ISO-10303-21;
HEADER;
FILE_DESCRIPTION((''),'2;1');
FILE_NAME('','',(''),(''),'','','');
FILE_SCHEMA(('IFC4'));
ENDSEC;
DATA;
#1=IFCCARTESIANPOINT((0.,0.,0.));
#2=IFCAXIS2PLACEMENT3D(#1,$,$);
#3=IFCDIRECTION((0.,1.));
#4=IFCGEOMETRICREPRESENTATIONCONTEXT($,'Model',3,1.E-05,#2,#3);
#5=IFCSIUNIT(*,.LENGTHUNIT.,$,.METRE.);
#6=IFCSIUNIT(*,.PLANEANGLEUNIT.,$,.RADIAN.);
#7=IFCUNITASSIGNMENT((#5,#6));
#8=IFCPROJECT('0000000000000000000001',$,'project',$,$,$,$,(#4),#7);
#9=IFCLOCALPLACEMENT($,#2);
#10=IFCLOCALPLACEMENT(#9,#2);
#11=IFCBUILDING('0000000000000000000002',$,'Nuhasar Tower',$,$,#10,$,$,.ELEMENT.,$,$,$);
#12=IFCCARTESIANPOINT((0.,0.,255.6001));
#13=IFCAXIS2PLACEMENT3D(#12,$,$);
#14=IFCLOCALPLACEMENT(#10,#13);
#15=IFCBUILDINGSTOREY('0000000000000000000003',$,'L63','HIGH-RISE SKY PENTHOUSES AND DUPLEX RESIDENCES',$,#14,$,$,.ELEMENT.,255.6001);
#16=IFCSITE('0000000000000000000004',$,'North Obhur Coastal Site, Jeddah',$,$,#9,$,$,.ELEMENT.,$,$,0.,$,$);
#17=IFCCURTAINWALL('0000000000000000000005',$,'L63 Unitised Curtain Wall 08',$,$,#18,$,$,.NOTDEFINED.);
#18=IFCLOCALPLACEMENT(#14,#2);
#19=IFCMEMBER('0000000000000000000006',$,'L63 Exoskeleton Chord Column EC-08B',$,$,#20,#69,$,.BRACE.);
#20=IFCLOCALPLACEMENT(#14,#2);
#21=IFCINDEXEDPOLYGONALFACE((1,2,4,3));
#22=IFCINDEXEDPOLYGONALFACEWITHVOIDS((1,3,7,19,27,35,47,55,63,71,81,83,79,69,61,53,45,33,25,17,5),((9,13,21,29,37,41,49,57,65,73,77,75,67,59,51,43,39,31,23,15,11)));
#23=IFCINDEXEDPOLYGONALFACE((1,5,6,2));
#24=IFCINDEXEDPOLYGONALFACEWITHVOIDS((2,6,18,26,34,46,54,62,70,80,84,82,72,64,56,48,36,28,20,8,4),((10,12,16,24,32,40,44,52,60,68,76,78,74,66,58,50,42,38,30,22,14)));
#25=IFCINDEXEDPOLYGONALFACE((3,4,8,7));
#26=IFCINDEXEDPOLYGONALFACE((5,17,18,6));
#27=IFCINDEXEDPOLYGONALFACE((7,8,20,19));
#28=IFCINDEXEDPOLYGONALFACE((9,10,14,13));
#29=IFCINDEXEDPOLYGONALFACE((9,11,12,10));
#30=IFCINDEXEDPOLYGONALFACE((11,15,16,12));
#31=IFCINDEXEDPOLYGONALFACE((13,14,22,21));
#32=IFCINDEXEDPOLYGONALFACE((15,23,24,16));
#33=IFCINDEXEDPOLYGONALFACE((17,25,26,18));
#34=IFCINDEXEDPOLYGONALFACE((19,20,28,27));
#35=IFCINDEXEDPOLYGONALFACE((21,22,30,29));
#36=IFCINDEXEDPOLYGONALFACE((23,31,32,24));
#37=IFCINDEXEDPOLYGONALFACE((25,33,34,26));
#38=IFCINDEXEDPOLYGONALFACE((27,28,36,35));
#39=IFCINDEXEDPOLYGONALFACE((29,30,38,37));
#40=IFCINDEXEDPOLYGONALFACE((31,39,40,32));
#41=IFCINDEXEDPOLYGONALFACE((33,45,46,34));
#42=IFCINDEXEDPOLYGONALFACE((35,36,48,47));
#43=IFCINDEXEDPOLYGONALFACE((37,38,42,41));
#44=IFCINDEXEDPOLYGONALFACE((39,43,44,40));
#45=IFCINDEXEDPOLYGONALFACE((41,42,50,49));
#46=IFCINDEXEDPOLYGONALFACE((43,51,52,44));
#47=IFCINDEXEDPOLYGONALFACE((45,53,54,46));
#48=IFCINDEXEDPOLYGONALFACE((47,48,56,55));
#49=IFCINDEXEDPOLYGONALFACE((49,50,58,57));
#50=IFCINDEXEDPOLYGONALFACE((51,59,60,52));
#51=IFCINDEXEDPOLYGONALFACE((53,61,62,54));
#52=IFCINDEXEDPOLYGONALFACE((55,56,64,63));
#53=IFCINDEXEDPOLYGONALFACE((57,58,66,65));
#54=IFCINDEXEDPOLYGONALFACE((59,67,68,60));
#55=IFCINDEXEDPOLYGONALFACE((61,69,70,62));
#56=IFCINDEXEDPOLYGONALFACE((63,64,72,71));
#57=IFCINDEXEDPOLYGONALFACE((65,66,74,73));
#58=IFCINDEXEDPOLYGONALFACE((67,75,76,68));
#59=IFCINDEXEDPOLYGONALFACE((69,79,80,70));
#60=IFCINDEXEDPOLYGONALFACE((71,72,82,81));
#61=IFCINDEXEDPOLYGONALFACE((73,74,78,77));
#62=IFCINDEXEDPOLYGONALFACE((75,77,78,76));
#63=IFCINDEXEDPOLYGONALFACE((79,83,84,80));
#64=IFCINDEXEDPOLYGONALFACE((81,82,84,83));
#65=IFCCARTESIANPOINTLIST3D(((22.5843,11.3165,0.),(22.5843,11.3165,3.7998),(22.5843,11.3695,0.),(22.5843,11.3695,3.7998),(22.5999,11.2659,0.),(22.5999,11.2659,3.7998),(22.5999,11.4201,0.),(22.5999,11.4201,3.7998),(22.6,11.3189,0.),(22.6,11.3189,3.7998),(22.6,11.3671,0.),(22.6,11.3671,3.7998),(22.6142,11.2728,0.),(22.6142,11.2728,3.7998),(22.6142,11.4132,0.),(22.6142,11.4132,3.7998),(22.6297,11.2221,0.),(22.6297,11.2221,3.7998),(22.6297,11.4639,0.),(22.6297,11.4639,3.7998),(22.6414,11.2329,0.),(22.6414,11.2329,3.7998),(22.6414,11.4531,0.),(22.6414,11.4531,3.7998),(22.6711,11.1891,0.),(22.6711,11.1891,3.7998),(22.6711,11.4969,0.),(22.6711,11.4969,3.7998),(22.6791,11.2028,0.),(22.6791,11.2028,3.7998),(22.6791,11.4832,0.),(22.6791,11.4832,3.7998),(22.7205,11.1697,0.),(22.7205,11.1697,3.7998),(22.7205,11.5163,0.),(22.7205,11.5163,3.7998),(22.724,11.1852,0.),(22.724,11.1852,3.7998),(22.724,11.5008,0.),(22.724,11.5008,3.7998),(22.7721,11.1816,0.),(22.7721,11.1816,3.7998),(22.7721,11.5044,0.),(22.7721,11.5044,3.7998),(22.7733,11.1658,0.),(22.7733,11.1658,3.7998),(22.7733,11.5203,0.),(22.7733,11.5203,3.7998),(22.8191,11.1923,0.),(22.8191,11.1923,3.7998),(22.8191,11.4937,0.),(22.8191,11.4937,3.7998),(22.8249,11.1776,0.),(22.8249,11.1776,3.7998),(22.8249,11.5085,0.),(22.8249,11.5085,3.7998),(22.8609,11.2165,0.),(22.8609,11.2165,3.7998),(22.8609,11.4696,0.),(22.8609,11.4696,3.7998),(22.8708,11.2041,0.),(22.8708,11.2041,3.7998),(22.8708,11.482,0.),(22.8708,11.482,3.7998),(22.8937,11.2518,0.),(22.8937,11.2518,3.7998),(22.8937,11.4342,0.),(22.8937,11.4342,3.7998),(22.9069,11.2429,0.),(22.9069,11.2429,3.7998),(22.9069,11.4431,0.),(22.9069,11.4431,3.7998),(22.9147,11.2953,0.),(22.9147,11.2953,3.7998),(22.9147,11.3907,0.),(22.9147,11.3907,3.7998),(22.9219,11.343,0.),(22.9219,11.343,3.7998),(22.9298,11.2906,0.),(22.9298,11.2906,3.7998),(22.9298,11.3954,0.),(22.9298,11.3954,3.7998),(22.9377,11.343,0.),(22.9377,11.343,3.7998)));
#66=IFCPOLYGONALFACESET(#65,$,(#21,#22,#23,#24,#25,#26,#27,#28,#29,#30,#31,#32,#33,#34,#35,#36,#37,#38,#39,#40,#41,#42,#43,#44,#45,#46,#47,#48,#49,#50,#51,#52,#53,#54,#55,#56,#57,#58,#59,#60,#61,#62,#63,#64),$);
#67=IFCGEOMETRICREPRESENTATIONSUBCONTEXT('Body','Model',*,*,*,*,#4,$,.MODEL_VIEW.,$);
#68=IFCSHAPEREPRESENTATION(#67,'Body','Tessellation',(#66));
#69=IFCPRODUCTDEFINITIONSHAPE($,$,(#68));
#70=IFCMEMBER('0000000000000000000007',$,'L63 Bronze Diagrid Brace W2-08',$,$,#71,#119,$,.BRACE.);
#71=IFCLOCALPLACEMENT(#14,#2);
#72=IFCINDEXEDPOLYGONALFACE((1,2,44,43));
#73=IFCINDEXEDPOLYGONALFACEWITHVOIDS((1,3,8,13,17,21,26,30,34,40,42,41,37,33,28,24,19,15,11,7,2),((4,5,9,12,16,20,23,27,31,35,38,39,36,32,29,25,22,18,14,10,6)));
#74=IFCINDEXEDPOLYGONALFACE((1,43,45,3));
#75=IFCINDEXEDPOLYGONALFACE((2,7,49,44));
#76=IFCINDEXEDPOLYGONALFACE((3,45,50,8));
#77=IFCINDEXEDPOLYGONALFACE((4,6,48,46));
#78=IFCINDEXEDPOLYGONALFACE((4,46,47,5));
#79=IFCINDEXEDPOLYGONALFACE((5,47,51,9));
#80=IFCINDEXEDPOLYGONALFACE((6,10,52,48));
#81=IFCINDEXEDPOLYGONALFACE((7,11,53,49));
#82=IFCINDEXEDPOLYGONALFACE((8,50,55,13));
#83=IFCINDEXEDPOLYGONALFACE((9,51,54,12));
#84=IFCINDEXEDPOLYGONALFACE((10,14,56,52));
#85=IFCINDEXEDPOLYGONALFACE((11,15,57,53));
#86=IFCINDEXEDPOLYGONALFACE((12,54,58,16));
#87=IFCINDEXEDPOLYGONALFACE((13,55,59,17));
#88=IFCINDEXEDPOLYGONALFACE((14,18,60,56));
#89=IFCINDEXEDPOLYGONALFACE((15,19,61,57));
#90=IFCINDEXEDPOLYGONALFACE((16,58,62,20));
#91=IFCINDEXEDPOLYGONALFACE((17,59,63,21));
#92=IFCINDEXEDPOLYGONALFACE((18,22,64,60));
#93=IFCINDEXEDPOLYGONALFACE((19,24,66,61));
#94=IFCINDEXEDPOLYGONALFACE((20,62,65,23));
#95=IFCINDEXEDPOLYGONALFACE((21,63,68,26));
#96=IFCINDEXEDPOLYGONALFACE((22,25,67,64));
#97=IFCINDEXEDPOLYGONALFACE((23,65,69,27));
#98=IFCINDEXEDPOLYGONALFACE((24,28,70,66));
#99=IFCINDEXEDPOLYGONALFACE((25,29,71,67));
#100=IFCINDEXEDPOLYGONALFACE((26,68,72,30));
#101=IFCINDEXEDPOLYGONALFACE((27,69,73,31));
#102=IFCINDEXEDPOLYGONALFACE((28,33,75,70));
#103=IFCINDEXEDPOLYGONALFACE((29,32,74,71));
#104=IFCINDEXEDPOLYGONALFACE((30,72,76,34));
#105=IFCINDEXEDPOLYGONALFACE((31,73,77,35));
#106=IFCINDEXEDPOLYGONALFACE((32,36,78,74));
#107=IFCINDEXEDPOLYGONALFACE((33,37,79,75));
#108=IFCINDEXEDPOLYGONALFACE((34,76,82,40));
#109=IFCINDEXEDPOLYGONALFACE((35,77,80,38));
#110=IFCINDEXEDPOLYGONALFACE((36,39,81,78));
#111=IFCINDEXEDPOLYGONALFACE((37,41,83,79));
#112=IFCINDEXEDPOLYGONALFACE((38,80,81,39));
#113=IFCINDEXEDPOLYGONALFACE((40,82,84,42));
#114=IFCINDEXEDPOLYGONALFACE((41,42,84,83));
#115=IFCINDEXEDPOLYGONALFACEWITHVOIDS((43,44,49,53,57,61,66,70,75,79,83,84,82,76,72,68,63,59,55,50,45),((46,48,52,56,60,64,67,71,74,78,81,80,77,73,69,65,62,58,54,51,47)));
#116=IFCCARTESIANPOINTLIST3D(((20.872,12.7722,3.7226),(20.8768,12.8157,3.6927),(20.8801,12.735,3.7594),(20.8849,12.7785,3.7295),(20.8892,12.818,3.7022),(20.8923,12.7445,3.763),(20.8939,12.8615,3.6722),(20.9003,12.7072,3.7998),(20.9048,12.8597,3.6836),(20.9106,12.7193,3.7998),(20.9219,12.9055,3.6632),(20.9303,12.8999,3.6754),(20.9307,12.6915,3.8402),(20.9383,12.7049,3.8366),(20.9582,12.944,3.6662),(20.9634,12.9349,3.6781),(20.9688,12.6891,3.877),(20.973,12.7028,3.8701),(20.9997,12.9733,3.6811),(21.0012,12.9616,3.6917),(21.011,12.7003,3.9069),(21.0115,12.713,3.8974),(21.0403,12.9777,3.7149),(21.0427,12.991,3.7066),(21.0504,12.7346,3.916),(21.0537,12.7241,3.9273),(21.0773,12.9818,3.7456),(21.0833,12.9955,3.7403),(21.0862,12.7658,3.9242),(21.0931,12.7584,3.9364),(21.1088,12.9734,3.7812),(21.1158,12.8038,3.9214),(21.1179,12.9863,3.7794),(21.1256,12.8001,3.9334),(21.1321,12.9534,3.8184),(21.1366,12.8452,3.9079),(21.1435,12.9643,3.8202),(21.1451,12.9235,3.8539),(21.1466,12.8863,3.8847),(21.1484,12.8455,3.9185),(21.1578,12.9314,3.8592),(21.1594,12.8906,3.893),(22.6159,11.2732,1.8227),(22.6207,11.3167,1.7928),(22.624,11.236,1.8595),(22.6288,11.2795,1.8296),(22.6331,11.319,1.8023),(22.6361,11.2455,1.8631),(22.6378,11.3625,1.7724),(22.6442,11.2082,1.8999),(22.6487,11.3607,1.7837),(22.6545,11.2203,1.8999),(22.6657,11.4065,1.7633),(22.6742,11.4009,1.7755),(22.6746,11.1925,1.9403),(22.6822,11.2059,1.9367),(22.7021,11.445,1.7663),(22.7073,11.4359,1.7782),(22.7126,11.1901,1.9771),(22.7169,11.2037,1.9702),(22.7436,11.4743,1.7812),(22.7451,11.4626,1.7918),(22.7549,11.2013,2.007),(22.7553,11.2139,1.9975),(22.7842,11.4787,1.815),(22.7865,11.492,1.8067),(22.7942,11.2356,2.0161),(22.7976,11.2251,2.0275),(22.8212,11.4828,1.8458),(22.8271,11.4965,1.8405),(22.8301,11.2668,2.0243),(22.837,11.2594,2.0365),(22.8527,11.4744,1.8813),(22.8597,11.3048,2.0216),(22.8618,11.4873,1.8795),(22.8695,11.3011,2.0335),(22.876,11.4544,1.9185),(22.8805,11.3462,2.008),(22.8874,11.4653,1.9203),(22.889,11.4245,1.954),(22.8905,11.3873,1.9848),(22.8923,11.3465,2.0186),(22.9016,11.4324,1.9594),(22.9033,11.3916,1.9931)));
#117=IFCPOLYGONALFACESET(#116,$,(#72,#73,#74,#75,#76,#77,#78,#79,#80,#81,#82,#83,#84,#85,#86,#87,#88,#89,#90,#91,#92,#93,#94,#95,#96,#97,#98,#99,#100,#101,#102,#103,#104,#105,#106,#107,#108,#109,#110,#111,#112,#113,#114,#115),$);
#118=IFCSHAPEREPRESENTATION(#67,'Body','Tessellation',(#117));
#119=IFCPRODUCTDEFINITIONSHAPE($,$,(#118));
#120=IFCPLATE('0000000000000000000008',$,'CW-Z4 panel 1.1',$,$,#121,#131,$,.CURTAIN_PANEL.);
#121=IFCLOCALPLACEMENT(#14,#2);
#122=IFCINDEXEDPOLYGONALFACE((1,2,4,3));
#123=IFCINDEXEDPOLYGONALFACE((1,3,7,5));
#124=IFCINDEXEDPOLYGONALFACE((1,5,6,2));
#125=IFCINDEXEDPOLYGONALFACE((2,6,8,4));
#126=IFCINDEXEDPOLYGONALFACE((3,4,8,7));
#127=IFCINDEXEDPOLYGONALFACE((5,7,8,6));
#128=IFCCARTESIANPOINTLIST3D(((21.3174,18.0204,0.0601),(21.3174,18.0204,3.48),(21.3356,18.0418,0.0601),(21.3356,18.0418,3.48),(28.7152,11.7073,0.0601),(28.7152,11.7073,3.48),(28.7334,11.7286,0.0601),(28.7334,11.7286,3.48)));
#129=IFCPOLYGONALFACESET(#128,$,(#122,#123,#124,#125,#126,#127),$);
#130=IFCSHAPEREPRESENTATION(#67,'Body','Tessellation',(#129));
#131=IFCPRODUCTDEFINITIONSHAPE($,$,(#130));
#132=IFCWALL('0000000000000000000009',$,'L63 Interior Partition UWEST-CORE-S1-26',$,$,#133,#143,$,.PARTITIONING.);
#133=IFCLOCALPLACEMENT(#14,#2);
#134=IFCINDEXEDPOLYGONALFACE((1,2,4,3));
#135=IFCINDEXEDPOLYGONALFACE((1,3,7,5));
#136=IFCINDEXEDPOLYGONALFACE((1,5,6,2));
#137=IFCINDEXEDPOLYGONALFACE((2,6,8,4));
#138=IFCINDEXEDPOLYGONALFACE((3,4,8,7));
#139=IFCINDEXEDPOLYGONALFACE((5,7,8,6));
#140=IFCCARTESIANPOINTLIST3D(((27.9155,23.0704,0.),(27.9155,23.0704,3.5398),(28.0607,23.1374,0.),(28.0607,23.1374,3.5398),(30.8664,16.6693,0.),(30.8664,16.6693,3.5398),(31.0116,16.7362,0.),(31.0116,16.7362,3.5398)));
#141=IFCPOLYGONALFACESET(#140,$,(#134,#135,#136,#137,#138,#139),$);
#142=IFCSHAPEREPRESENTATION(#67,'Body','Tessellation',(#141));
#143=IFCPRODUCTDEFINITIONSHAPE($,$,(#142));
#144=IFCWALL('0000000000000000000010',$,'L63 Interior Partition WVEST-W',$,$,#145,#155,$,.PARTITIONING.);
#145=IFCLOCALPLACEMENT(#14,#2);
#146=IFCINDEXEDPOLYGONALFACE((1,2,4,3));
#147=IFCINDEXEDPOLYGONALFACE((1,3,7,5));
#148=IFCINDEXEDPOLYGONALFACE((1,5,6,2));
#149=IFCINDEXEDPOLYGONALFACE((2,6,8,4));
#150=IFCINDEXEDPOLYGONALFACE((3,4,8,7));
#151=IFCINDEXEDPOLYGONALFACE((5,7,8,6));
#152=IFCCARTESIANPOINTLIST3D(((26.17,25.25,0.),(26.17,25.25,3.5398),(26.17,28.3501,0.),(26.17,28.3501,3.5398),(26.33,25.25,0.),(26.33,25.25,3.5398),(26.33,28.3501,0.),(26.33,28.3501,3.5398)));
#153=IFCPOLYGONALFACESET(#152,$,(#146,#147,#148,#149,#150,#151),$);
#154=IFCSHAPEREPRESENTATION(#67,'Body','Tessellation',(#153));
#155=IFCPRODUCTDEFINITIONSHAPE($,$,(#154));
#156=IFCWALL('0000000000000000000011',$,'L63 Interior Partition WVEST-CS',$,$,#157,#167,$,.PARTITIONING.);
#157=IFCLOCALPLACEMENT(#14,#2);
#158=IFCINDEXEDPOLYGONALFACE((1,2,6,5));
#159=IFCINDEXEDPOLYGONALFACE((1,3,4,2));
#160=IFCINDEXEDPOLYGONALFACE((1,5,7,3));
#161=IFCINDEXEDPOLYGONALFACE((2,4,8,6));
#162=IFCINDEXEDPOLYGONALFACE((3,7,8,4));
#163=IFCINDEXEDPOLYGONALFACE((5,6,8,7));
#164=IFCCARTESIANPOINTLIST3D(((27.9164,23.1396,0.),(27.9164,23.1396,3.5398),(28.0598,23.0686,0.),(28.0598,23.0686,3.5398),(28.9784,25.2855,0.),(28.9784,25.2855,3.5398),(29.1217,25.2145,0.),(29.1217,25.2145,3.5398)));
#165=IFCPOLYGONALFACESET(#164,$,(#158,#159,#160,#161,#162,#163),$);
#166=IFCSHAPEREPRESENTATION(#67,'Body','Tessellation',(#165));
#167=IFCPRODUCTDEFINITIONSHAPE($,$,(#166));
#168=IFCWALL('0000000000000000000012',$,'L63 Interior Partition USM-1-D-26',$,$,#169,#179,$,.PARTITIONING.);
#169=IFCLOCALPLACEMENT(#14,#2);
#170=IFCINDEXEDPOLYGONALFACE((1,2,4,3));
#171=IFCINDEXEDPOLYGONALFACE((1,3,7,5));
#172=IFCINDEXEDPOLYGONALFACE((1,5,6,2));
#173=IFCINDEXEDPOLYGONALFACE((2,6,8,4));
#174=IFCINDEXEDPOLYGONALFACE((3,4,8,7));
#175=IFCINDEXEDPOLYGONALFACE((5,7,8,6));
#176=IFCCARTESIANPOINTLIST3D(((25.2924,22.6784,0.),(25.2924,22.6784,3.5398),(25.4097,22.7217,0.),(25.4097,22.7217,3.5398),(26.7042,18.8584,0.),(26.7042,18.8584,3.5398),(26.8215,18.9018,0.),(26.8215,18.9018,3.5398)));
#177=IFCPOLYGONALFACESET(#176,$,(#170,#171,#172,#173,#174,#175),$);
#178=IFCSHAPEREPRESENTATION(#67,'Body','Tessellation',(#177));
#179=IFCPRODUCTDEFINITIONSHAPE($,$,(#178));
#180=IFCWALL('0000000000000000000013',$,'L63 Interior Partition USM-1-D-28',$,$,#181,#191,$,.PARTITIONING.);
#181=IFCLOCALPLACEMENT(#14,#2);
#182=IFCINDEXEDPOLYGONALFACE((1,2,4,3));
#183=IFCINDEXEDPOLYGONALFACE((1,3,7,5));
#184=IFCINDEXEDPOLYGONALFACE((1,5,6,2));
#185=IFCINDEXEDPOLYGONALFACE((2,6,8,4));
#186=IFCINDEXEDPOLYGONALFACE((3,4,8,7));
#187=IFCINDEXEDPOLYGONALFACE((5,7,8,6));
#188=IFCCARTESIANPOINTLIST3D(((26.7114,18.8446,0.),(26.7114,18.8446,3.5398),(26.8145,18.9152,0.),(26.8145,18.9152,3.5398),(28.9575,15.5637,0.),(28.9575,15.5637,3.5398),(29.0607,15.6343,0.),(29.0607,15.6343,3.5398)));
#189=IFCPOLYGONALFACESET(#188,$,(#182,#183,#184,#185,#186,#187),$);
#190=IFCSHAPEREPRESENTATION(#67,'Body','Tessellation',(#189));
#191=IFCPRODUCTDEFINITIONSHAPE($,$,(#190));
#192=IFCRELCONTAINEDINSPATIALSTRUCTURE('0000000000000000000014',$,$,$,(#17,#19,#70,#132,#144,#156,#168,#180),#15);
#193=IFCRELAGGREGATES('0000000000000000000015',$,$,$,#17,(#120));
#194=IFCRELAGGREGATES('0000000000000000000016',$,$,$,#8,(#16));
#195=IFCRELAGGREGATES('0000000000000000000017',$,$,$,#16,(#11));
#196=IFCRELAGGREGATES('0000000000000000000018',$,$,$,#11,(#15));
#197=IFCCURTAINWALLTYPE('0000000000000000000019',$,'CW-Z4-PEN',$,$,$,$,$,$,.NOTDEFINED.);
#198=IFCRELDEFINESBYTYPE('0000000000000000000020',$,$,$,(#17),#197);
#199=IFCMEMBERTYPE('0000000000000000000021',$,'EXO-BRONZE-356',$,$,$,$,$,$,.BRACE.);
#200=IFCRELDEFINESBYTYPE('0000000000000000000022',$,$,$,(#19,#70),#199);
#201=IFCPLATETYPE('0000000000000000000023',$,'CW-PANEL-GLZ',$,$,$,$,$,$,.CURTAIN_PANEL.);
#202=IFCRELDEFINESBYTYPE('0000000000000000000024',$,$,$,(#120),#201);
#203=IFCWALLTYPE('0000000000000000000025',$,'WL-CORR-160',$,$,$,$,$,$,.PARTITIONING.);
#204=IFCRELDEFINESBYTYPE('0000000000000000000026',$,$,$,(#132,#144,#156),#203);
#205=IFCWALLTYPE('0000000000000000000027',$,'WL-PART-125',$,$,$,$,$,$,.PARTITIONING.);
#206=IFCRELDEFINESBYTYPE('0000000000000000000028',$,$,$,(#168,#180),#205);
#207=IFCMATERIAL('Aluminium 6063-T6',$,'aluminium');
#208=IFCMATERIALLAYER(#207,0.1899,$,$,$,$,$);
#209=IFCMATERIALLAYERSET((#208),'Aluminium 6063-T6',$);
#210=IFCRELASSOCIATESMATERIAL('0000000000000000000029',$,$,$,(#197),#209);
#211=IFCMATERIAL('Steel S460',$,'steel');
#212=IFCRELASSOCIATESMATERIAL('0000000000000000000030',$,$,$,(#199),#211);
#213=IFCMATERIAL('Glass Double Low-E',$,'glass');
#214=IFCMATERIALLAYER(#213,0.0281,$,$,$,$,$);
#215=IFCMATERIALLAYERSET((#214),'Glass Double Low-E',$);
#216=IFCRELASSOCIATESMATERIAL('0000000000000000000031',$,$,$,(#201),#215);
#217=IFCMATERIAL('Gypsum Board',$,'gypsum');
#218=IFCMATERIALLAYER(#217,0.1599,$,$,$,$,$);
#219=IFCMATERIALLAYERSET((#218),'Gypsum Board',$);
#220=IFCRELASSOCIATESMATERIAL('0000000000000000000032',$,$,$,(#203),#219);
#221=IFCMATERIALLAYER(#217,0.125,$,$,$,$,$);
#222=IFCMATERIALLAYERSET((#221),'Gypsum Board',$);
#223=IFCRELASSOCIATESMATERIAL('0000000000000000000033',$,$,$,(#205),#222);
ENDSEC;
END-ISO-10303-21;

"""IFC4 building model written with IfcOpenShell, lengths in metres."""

from ifc_helpers import new_model, si_unit, direction, frame, frame_2d, origin, origin_2d, place, context, subcontext, project, spatial, rectangle, hollow_circle, extrude, material, layer, layer_set, material_profile, profile_set, type_object, element, aggregate, save


model = new_model("IFC4")

# Units and contexts
model_context = context("Model", 3, precision=1e-05, world=origin(), true_north=direction((0.0, 1.0)))
body_context = subcontext(model_context, "Body", "Model", "MODEL_VIEW")
ifc_project = project(units=[si_unit("LENGTHUNIT", "METRE"), si_unit("PLANEANGLEUNIT", "RADIAN")], contexts=[model_context])

# Site, building, storey
site_placement = place(None, origin())
site = spatial("IfcSite", under=ifc_project, at=site_placement, Name="North Obhur Coastal Site, Jeddah", CompositionType="ELEMENT", RefElevation=0.0)
building_placement = place(site_placement, origin())
building = spatial("IfcBuilding", under=site, at=building_placement, Name="Nuhasar Tower", CompositionType="ELEMENT")
storey_placement = place(building_placement, frame((0.0, 0.0, 255.6001)))
storey = spatial("IfcBuildingStorey", under=building, at=storey_placement, Name="L63", Description="HIGH-RISE SKY PENTHOUSES AND DUPLEX RESIDENCES", CompositionType="ELEMENT", Elevation=255.6001)

# Shared definitions
ifc_material_1 = material(Name="Steel S460", Category="steel")

# Curtain wall
ifc_material_2 = material(Name="Aluminium 6063-T6", Category="aluminium")
ifc_layer_1 = layer(ifc_material_2, 0.1899)
ifc_layer_set_1 = layer_set([ifc_layer_1], Name="Aluminium 6063-T6")
curtain_wall_type = type_object("IfcCurtainWallType", Name="CW-Z4-PEN", PredefinedType="NOTDEFINED", material=ifc_layer_set_1)
curtain_wall_1_placement = place(storey_placement, origin())
curtain_wall_1 = element("IfcCurtainWall", 1, at=curtain_wall_1_placement, inside=storey, type_object=curtain_wall_type, Name="L63 Unitised Curtain Wall 08", PredefinedType="NOTDEFINED")

# Members
ifc_material_profile_1 = material_profile(ifc_material_1, hollow_circle(Radius=0.1777, WallThickness=0.0159, at=origin_2d()), Name="HSS355.6X15.9")
ifc_profile_set_1 = profile_set([ifc_material_profile_1], Name="Steel S460")
member_type_1 = type_object("IfcMemberType", Name="EXO-BRONZE-356", PredefinedType="BRACE", material=ifc_profile_set_1)
member_1_placement = place(storey_placement, frame((22.76, 11.343, 0.0), z_axis=(0.0, 0.0, 1.0), x_axis=(1.0, 0.0, 0.0)))
element("IfcMember", 2, at=member_1_placement, inside=storey, type_object=member_type_1, Name="L63 Exoskeleton Chord Column EC-08B", PredefinedType="BRACE", context=body_context, shape_type="SweptSolid", body=[
    extrude(hollow_circle(Radius=0.1777, WallThickness=0.0159, at=origin_2d()), origin(), (0.0, 0.0, 1.0), 3.7998),
])
member_2_placement = place(storey_placement, frame((22.76, 11.343, 1.8999), z_axis=(-0.584625, 0.502534, 0.636925), x_axis=(-0.651857, -0.758342, 0.0)))
element("IfcMember", 3, at=member_2_placement, inside=storey, type_object=member_type_1, Name="L63 Bronze Diagrid Brace W2-08", PredefinedType="BRACE", context=body_context, shape_type="SweptSolid", body=[
    extrude(hollow_circle(Radius=0.1777, WallThickness=0.0159, at=origin_2d()), origin(), (0.0, 0.0, 1.0), 2.9829),
])

# Plate
ifc_material_3 = material(Name="Glass Double Low-E", Category="glass")
ifc_layer_2 = layer(ifc_material_3, 0.0281)
ifc_layer_set_2 = layer_set([ifc_layer_2], Name="Glass Double Low-E")
plate_type = type_object("IfcPlateType", Name="CW-PANEL-GLZ", PredefinedType="CURTAIN_PANEL", material=ifc_layer_set_2)
plate_placement = place(storey_placement, frame((25.0254, 14.8745, 0.0601), z_axis=(0.0, 0.0, 1.0), x_axis=(0.760667, -0.649142, 0.0)))
plate = element("IfcPlate", 4, at=plate_placement, type_object=plate_type, Name="CW-Z4 panel 1.1", PredefinedType="CURTAIN_PANEL", context=body_context, shape_type="SweptSolid", body=[
    extrude(rectangle(XDim=9.7253, YDim=0.0281, at=origin_2d()), origin(), (0.0, 0.0, 1.0), 3.4199),
])
aggregate(curtain_wall_1, [plate])

# Wall
ifc_material_4 = material(Name="Gypsum Board", Category="gypsum")
ifc_layer_3 = layer(ifc_material_4, 0.1599)
ifc_layer_set_3 = layer_set([ifc_layer_3], Name="Gypsum Board")
wall_type_1 = type_object("IfcWallType", Name="WL-CORR-160", PredefinedType="PARTITIONING", material=ifc_layer_set_3)
wall_1_placement = place(storey_placement, frame((27.988, 23.104, 0.0), z_axis=(0.0, 0.0, 1.0), x_axis=(0.418656, -0.908145, 0.0)))
element("IfcWall", 5, at=wall_1_placement, inside=storey, type_object=wall_type_1, Name="L63 Interior Partition UWEST-CORE-S1-26", PredefinedType="PARTITIONING", context=body_context, shape_type="SweptSolid", body=[
    extrude(rectangle(XDim=7.0486, YDim=0.1599, at=frame_2d((3.5244, 0.0))), origin(), (0.0, 0.0, 1.0), 3.5398),
])

# Walls
wall_2_placement = place(storey_placement, frame((26.25, 25.25, 0.0), z_axis=(0.0, 0.0, 1.0), x_axis=(0.0, 1.0, 0.0)))
element("IfcWall", 6, at=wall_2_placement, inside=storey, type_object=wall_type_1, Name="L63 Interior Partition WVEST-W", PredefinedType="PARTITIONING", context=body_context, shape_type="SweptSolid", body=[
    extrude(rectangle(XDim=3.1001, YDim=0.1599, at=frame_2d((1.55, 0.0))), origin(), (0.0, 0.0, 1.0), 3.5398),
])
wall_3_placement = place(storey_placement, frame((27.988, 23.104, 0.0), z_axis=(0.0, 0.0, 1.0), x_axis=(0.443539, 0.896255, 0.0)))
element("IfcWall", 7, at=wall_3_placement, inside=storey, type_object=wall_type_1, Name="L63 Interior Partition WVEST-CS", PredefinedType="PARTITIONING", context=body_context, shape_type="SweptSolid", body=[
    extrude(rectangle(XDim=2.3943, YDim=0.1599, at=frame_2d((1.1973, 0.0))), origin(), (0.0, 0.0, 1.0), 3.5398),
])
ifc_layer_4 = layer(ifc_material_4, 0.125)
ifc_layer_set_4 = layer_set([ifc_layer_4], Name="Gypsum Board")
wall_type_2 = type_object("IfcWallType", Name="WL-PART-125", PredefinedType="PARTITIONING", material=ifc_layer_set_4)
wall_4_placement = place(storey_placement, frame((25.3511, 22.7, 0.0), z_axis=(0.0, 0.0, 1.0), x_axis=(0.346672, -0.937986, 0.0)))
element("IfcWall", 8, at=wall_4_placement, inside=storey, type_object=wall_type_2, Name="L63 Interior Partition USM-1-D-26", PredefinedType="PARTITIONING", context=body_context, shape_type="SweptSolid", body=[
    extrude(rectangle(XDim=4.0725, YDim=0.125, at=frame_2d((2.0361, 0.0))), origin(), (0.0, 0.0, 1.0), 3.5398),
])
wall_5_placement = place(storey_placement, frame((26.7629, 18.8799, 0.0), z_axis=(0.0, 0.0, 1.0), x_axis=(0.564917, -0.825148, 0.0)))
element("IfcWall", 9, at=wall_5_placement, inside=storey, type_object=wall_type_2, Name="L63 Interior Partition USM-1-D-28", PredefinedType="PARTITIONING", context=body_context, shape_type="SweptSolid", body=[
    extrude(rectangle(XDim=3.9761, YDim=0.125, at=frame_2d((1.988, 0.0))), origin(), (0.0, 0.0, 1.0), 3.5398),
])

save(model, "model.ifc")
